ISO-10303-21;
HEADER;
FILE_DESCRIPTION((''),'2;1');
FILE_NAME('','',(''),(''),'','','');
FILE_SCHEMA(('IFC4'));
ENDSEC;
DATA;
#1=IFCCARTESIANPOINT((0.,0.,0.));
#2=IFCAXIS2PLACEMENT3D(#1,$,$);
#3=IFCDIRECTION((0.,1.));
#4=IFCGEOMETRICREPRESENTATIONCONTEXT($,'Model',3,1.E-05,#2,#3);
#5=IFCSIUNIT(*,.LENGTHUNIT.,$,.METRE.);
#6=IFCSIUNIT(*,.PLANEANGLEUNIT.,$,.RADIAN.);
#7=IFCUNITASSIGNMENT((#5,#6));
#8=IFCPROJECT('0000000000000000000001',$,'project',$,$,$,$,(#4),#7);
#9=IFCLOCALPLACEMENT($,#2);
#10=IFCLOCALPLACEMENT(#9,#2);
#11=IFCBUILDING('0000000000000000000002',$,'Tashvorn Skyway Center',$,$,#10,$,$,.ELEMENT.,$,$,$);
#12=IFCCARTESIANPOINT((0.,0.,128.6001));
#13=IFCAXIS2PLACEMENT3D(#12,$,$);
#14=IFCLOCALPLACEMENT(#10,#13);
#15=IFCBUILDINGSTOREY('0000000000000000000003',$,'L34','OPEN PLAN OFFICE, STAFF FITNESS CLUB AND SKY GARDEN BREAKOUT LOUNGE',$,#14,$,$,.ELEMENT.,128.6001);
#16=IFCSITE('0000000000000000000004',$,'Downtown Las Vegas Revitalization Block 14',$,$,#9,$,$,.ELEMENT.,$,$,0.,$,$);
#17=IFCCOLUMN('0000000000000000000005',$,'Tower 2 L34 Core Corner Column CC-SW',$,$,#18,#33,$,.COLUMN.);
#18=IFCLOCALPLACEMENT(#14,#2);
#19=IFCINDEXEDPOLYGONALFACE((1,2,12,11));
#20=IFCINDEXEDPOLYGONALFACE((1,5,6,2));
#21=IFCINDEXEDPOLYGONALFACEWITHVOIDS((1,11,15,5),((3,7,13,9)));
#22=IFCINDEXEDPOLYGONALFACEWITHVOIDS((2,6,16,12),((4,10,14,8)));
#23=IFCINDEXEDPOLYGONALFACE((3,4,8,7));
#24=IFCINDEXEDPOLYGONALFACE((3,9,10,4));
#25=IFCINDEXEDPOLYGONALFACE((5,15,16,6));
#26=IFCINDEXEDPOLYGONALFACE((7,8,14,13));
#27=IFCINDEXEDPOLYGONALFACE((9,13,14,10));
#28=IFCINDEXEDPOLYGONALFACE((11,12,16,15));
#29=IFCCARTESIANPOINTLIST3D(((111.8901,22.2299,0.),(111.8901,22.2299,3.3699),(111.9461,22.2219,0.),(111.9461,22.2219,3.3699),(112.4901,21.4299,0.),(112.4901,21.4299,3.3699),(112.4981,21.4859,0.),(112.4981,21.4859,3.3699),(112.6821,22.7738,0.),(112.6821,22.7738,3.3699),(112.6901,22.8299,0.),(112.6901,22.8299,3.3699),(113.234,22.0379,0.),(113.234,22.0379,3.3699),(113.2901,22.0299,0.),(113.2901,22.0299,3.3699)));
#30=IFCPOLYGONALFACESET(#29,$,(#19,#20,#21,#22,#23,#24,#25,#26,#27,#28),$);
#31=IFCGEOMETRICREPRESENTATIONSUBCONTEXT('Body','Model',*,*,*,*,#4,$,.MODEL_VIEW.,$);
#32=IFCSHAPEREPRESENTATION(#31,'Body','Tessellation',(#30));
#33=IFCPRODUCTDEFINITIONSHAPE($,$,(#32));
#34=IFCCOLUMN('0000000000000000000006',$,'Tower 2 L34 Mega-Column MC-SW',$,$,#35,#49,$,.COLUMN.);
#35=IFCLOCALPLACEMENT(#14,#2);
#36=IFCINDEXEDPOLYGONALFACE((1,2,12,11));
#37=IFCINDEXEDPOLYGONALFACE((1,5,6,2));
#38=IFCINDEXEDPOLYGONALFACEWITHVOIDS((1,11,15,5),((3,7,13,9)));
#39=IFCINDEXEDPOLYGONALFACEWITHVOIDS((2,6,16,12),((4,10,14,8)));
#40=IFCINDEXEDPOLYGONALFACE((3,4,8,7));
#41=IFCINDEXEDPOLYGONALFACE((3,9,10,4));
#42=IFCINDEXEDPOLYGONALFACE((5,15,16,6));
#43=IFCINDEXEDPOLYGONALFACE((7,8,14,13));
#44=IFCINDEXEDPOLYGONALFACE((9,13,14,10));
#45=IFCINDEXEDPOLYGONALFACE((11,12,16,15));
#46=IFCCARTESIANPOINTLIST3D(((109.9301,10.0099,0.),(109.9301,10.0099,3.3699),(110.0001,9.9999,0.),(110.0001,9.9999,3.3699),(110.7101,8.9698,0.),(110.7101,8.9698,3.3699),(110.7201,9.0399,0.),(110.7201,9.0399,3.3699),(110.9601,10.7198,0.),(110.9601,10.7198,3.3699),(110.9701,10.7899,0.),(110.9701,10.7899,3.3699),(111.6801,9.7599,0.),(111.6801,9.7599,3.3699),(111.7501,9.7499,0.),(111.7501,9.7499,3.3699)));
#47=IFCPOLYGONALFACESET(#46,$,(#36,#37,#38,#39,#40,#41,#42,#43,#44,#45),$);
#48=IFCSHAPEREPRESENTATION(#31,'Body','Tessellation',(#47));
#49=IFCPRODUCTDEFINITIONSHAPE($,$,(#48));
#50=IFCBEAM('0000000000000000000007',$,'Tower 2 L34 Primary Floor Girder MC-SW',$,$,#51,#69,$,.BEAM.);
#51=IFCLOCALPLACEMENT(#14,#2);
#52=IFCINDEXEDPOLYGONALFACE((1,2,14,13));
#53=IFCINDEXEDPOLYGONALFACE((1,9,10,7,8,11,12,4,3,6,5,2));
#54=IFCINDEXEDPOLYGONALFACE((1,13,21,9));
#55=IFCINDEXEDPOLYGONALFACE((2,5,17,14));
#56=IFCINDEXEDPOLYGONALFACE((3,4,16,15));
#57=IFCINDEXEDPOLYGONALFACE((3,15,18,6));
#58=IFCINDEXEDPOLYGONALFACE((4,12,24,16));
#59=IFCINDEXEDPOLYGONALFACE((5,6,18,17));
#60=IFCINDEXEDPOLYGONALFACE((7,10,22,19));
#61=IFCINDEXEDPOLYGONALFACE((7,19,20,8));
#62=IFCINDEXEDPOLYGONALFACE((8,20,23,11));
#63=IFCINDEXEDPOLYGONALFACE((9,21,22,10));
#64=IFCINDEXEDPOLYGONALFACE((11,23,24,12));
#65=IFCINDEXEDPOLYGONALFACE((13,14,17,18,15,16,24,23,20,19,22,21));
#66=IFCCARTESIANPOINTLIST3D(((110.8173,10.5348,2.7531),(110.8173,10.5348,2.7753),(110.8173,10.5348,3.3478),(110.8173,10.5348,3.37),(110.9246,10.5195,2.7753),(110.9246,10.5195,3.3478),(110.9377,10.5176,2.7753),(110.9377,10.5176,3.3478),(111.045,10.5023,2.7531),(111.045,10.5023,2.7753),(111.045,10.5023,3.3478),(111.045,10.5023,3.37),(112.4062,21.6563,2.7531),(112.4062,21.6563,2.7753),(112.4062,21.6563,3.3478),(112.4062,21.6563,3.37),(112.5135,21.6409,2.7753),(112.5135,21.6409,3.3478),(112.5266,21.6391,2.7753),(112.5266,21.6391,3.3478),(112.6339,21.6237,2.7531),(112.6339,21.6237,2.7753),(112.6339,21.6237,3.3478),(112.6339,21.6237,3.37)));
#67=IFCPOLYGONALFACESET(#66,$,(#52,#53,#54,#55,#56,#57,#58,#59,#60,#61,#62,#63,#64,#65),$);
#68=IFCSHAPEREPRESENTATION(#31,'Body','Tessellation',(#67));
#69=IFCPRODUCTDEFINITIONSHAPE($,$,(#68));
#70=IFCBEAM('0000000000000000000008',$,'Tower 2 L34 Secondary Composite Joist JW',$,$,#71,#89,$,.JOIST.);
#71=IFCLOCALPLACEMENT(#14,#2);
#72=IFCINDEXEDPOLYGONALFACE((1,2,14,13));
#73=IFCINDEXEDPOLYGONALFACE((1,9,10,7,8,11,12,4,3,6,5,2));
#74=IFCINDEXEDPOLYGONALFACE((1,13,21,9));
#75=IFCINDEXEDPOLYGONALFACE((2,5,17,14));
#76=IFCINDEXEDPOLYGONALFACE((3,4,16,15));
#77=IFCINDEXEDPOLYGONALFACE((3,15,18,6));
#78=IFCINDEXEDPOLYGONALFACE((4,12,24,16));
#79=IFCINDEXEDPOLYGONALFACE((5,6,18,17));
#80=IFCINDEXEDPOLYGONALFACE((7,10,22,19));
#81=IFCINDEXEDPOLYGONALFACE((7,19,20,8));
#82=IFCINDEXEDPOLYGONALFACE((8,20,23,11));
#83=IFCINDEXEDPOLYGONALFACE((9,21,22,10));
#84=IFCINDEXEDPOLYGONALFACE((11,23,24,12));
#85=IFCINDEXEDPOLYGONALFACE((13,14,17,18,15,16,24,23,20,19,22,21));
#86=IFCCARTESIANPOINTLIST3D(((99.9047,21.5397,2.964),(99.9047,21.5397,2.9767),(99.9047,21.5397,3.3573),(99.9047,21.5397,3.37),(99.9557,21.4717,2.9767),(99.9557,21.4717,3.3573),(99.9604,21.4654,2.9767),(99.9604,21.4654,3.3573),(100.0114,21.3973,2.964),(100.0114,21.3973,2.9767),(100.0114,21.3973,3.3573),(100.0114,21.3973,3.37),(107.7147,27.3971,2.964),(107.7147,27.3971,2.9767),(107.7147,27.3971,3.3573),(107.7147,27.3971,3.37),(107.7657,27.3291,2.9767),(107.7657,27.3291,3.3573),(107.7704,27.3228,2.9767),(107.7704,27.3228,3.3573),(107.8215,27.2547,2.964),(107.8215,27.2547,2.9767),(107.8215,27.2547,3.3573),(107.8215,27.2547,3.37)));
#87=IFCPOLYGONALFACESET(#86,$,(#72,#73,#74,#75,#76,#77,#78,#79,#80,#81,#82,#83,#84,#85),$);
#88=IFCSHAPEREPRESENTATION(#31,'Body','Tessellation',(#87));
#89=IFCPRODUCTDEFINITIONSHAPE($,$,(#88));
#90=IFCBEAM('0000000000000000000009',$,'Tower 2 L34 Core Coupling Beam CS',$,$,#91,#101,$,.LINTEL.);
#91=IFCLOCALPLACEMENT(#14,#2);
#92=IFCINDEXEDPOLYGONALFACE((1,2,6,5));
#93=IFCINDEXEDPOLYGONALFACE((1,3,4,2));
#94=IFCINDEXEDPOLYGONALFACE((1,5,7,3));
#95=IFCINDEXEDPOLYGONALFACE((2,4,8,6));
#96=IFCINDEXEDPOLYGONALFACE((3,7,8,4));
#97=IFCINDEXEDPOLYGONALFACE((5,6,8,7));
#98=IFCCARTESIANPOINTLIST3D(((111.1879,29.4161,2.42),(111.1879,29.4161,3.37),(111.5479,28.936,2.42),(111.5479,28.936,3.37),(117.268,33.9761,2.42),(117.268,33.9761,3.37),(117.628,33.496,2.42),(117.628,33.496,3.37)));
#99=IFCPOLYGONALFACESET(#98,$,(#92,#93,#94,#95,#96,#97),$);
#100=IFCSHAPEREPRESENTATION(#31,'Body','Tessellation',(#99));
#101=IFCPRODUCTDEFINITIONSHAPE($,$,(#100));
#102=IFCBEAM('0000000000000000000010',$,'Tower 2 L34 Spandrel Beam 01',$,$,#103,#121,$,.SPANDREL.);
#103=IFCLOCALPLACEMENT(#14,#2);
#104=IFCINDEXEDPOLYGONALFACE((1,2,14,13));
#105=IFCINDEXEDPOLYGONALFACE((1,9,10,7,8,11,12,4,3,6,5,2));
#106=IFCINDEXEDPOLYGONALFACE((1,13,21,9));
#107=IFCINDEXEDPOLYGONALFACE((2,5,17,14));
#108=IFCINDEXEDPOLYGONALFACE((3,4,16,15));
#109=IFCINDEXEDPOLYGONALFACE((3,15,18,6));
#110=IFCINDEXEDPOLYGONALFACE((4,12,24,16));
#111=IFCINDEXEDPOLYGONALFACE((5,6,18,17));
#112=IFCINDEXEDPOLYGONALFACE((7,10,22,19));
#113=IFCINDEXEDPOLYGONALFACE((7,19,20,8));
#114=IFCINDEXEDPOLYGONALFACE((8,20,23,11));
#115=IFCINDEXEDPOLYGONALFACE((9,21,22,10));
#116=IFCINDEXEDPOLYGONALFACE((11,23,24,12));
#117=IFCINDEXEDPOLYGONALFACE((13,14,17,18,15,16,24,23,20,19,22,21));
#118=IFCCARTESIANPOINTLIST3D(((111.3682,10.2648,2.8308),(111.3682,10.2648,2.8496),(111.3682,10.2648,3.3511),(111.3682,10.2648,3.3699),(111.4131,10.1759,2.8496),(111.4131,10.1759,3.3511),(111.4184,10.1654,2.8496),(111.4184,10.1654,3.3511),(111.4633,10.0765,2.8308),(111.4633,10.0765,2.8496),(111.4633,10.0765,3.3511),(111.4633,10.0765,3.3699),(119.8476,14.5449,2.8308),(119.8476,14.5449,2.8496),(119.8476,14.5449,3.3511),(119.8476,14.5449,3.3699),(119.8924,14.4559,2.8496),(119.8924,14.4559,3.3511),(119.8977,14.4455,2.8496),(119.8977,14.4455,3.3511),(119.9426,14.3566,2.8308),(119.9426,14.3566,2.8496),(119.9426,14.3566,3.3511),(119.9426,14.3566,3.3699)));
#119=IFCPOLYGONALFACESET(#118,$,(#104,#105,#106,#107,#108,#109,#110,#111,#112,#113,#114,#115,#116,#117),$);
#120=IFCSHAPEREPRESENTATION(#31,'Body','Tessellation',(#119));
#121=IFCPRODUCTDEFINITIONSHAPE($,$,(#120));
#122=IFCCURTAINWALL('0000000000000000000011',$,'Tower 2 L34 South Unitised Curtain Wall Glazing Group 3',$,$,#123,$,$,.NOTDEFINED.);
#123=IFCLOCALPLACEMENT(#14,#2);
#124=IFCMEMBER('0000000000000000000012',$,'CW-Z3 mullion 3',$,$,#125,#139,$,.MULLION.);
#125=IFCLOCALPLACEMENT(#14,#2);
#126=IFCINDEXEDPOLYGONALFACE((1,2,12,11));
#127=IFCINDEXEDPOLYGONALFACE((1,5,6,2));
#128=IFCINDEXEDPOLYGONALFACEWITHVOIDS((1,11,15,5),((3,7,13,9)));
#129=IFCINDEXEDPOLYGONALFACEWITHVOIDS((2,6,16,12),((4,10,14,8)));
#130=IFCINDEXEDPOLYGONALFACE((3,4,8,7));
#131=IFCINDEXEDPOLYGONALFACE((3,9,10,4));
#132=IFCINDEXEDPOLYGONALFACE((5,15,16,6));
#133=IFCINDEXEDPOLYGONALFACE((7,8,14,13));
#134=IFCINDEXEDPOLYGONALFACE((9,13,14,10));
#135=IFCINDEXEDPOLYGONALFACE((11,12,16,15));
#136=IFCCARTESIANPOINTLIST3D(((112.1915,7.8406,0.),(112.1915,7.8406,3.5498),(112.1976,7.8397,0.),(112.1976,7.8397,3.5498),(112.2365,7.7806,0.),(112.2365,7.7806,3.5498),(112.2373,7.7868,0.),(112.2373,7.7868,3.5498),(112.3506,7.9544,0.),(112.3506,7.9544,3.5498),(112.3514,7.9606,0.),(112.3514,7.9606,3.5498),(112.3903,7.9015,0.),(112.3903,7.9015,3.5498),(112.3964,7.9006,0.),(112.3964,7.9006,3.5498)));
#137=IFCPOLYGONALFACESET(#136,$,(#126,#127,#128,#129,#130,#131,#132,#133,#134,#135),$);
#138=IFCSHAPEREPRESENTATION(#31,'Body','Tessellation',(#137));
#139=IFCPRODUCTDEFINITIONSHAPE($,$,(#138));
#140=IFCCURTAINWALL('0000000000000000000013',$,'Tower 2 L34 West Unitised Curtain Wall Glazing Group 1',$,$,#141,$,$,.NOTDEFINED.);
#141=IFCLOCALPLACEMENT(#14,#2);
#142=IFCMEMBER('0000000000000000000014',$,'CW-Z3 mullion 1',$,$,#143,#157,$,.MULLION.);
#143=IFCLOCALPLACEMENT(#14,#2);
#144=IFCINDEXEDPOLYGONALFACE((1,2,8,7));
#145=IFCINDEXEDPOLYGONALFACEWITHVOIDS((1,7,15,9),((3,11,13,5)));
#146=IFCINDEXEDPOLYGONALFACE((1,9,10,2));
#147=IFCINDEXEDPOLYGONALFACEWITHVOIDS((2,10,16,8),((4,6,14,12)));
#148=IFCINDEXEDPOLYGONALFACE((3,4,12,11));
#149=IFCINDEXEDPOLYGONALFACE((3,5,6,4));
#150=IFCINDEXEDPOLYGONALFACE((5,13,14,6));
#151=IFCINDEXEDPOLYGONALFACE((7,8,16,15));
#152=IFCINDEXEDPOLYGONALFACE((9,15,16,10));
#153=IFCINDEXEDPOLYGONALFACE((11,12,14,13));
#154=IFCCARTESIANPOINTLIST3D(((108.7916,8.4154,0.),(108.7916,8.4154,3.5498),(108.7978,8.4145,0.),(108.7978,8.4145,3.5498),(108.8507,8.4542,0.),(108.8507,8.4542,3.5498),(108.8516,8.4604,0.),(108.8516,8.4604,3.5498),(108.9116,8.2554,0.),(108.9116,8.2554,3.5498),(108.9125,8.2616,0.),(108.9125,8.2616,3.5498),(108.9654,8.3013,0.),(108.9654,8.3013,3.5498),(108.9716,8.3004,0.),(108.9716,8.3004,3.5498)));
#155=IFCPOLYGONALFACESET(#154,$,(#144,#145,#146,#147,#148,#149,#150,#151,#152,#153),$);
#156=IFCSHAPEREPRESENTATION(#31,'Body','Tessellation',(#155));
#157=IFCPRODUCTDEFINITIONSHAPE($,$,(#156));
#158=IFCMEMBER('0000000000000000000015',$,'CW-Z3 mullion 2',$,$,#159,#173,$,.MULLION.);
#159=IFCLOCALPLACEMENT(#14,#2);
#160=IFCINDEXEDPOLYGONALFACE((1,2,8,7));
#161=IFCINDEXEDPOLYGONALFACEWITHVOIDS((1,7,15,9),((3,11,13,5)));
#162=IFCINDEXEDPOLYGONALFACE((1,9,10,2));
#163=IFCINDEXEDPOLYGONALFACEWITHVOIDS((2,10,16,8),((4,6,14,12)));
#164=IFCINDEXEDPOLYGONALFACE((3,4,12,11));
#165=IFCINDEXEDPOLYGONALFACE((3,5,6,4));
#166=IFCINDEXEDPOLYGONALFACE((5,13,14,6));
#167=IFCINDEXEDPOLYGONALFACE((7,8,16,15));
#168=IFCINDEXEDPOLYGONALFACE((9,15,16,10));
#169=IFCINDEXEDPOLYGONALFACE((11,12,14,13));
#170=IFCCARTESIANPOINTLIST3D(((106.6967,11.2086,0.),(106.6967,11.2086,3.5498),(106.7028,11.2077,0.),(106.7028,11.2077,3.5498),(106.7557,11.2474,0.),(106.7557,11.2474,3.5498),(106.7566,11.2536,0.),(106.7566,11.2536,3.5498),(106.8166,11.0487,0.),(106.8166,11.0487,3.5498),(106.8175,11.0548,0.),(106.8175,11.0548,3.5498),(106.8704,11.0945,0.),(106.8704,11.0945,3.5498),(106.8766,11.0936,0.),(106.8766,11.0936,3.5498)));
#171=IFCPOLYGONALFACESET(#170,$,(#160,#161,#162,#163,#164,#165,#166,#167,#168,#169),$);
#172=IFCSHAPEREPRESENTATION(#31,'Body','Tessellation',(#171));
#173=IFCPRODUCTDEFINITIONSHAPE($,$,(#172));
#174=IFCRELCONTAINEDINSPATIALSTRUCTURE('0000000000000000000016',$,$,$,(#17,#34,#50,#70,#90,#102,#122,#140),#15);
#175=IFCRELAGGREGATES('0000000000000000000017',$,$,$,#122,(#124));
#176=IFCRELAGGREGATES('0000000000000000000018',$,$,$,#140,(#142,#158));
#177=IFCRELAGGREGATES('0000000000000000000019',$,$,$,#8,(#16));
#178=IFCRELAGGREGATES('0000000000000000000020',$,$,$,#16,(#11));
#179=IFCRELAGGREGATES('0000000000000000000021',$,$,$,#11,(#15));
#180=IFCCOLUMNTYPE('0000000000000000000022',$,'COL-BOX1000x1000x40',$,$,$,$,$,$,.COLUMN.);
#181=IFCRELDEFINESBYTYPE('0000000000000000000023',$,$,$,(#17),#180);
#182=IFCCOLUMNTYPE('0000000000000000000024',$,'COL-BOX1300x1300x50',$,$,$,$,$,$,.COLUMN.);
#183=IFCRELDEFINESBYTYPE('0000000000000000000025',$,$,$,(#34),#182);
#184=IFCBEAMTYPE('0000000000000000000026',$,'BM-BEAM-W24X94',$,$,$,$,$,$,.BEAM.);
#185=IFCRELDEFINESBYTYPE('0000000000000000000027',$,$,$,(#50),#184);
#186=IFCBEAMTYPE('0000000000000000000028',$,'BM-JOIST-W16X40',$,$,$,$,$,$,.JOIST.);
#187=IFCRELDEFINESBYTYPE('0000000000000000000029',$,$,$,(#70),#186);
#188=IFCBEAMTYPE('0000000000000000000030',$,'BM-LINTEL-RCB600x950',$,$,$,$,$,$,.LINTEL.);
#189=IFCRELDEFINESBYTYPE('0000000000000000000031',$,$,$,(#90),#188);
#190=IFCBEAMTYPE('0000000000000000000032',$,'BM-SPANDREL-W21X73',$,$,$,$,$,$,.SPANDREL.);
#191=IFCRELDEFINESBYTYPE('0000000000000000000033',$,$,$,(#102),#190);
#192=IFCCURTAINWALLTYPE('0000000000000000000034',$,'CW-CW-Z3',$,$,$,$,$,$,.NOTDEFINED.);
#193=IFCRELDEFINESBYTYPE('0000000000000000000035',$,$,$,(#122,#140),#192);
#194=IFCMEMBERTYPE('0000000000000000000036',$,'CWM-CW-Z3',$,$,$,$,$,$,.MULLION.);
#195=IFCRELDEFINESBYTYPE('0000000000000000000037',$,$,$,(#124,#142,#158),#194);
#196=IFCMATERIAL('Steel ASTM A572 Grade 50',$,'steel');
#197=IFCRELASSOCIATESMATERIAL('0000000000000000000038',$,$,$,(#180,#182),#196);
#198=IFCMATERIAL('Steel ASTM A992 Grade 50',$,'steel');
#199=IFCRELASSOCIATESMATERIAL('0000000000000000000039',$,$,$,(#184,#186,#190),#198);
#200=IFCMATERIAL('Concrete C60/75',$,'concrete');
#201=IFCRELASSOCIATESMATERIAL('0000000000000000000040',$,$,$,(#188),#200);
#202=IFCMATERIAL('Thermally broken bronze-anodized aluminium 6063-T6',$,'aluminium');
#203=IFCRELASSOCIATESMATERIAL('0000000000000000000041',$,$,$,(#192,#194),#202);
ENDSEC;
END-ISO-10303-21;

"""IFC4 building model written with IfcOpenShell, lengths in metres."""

from ifc_helpers import new_model, si_unit, direction, frame, origin, origin_2d, place, context, subcontext, project, spatial, rectangle, hollow_rectangle, i_section, extrude, material, material_profile, profile_set, type_object, element, aggregate, save


model = new_model("IFC4")

# Units and contexts
model_context = context("Model", 3, precision=1e-05, world=origin(), true_north=direction((0.0, 1.0)))
body_context = subcontext(model_context, "Body", "Model", "MODEL_VIEW")
ifc_project = project(units=[si_unit("LENGTHUNIT", "METRE"), si_unit("PLANEANGLEUNIT", "RADIAN")], contexts=[model_context])

# Site, building, storey
site_placement = place(None, origin())
site = spatial("IfcSite", under=ifc_project, at=site_placement, Name="Downtown Las Vegas Revitalization Block 14", CompositionType="ELEMENT", RefElevation=0.0)
building_placement = place(site_placement, origin())
building = spatial("IfcBuilding", under=site, at=building_placement, Name="Tashvorn Skyway Center", CompositionType="ELEMENT")
storey_placement = place(building_placement, frame((0.0, 0.0, 128.6001)))
storey = spatial("IfcBuildingStorey", under=building, at=storey_placement, Name="L34", Description="OPEN PLAN OFFICE, STAFF FITNESS CLUB AND SKY GARDEN BREAKOUT LOUNGE", CompositionType="ELEMENT", Elevation=128.6001)

# Columns
ifc_material_1 = material(Name="Steel ASTM A572 Grade 50", Category="steel")
ifc_material_profile_1 = material_profile(ifc_material_1, hollow_rectangle(XDim=1.0, YDim=1.0, WallThickness=0.04, at=origin_2d()), Name="BOX1000x1000x40")
ifc_profile_set_1 = profile_set([ifc_material_profile_1], Name="Steel ASTM A572 Grade 50")
column_type_1 = type_object("IfcColumnType", Name="COL-BOX1000x1000x40", PredefinedType="COLUMN", material=ifc_profile_set_1)
column_1_placement = place(storey_placement, frame((112.5901, 22.1299, 0.0), z_axis=(0.0, 0.0, 1.0), x_axis=(0.8, 0.6, 0.0)))
element("IfcColumn", 1, at=column_1_placement, inside=storey, type_object=column_type_1, Name="Tower 2 L34 Core Corner Column CC-SW", PredefinedType="COLUMN", context=body_context, shape_type="SweptSolid", body=[
    extrude(hollow_rectangle(XDim=1.0, YDim=1.0, WallThickness=0.04, at=origin_2d()), origin(), (0.0, 0.0, 1.0), 3.3699),
])
ifc_material_profile_2 = material_profile(ifc_material_1, hollow_rectangle(XDim=1.3, YDim=1.3, WallThickness=0.05, at=origin_2d()), Name="BOX1300x1300x50")
ifc_profile_set_2 = profile_set([ifc_material_profile_2], Name="Steel ASTM A572 Grade 50")
column_type_2 = type_object("IfcColumnType", Name="COL-BOX1300x1300x50", PredefinedType="COLUMN", material=ifc_profile_set_2)
column_2_placement = place(storey_placement, frame((110.8401, 9.8799, 0.0), z_axis=(0.0, 0.0, 1.0), x_axis=(0.8, 0.6, 0.0)))
element("IfcColumn", 2, at=column_2_placement, inside=storey, type_object=column_type_2, Name="Tower 2 L34 Mega-Column MC-SW", PredefinedType="COLUMN", context=body_context, shape_type="SweptSolid", body=[
    extrude(hollow_rectangle(XDim=1.3, YDim=1.3, WallThickness=0.05, at=origin_2d()), origin(), (0.0, 0.0, 1.0), 3.3699),
])

# Beams
ifc_material_2 = material(Name="Steel ASTM A992 Grade 50", Category="steel")
ifc_material_profile_3 = material_profile(ifc_material_2, i_section(OverallWidth=0.23, OverallDepth=0.6169, WebThickness=0.0132, FlangeThickness=0.0222, at=origin_2d()), Name="W24X94")
ifc_profile_set_3 = profile_set([ifc_material_profile_3], Name="Steel ASTM A992 Grade 50")
beam_type_1 = type_object("IfcBeamType", Name="BM-BEAM-W24X94", PredefinedType="BEAM", material=ifc_profile_set_3)
beam_1_placement = place(storey_placement, frame((110.9312, 10.5186, 3.0615), z_axis=(0.14143, 0.989948, 0.0), x_axis=(-0.989948, 0.14143, 0.0)))
element("IfcBeam", 3, at=beam_1_placement, inside=storey, type_object=beam_type_1, Name="Tower 2 L34 Primary Floor Girder MC-SW", PredefinedType="BEAM", context=body_context, shape_type="SweptSolid", body=[
    extrude(i_section(OverallWidth=0.23, OverallDepth=0.6169, WebThickness=0.0132, FlangeThickness=0.0222, at=origin_2d()), origin(), (0.0, 0.0, 1.0), 11.2344),
])
ifc_material_profile_4 = material_profile(ifc_material_2, i_section(OverallWidth=0.178, OverallDepth=0.406, WebThickness=0.0078, FlangeThickness=0.0127, at=origin_2d()), Name="W16X40")
ifc_profile_set_4 = profile_set([ifc_material_profile_4], Name="Steel ASTM A992 Grade 50")
beam_type_2 = type_object("IfcBeamType", Name="BM-JOIST-W16X40", PredefinedType="JOIST", material=ifc_profile_set_4)
beam_2_placement = place(storey_placement, frame((107.7681, 27.3259, 3.167), z_axis=(-0.800006, -0.599992, 0.0), x_axis=(0.599992, -0.800006, 0.0)))
element("IfcBeam", 4, at=beam_2_placement, inside=storey, type_object=beam_type_2, Name="Tower 2 L34 Secondary Composite Joist JW", PredefinedType="JOIST", context=body_context, shape_type="SweptSolid", body=[
    extrude(i_section(OverallWidth=0.178, OverallDepth=0.406, WebThickness=0.0078, FlangeThickness=0.0127, at=origin_2d()), origin(), (0.0, 0.0, 1.0), 9.7625),
])
ifc_material_3 = material(Name="Concrete C60/75", Category="concrete")
ifc_material_profile_5 = material_profile(ifc_material_3, rectangle(XDim=0.6001, YDim=0.95, at=origin_2d()), Name="RCB600x950")
ifc_profile_set_5 = profile_set([ifc_material_profile_5], Name="Concrete C60/75")
beam_type_3 = type_object("IfcBeamType", Name="BM-LINTEL-RCB600x950", PredefinedType="LINTEL", material=ifc_profile_set_5)
beam_3_placement = place(storey_placement, frame((111.3679, 29.176, 2.895), z_axis=(0.8, 0.6, 0.0), x_axis=(-0.6, 0.8, 0.0)))
element("IfcBeam", 5, at=beam_3_placement, inside=storey, type_object=beam_type_3, Name="Tower 2 L34 Core Coupling Beam CS", PredefinedType="LINTEL", context=body_context, shape_type="SweptSolid", body=[
    extrude(rectangle(XDim=0.6001, YDim=0.95, at=origin_2d()), origin(), (0.0, 0.0, 1.0), 7.6001),
])
ifc_material_profile_6 = material_profile(ifc_material_2, i_section(OverallWidth=0.2109, OverallDepth=0.5391, WebThickness=0.0117, FlangeThickness=0.0188, at=origin_2d()), Name="W21X73")
ifc_profile_set_6 = profile_set([ifc_material_profile_6], Name="Steel ASTM A992 Grade 50")
beam_type_4 = type_object("IfcBeamType", Name="BM-SPANDREL-W21X73", PredefinedType="SPANDREL", material=ifc_profile_set_6)
beam_4_placement = place(storey_placement, frame((111.4158, 10.1707, 3.1003), z_axis=(0.892719, 0.450614, 0.0), x_axis=(-0.450614, 0.892719, 0.0)))
element("IfcBeam", 6, at=beam_4_placement, inside=storey, type_object=beam_type_4, Name="Tower 2 L34 Spandrel Beam 01", PredefinedType="SPANDREL", context=body_context, shape_type="SweptSolid", body=[
    extrude(i_section(OverallWidth=0.2109, OverallDepth=0.5391, WebThickness=0.0117, FlangeThickness=0.0188, at=origin_2d()), origin(), (0.0, 0.0, 1.0), 9.4983),
])

# Curtain wall, member
ifc_material_4 = material(Name="Thermally broken bronze-anodized aluminium 6063-T6", Category="aluminium")
curtain_wall_type = type_object("IfcCurtainWallType", Name="CW-CW-Z3", PredefinedType="NOTDEFINED", material=ifc_material_4)
curtain_wall_1_placement = place(storey_placement, origin())
curtain_wall_1 = element("IfcCurtainWall", 7, at=curtain_wall_1_placement, inside=storey, type_object=curtain_wall_type, Name="Tower 2 L34 South Unitised Curtain Wall Glazing Group 3", PredefinedType="NOTDEFINED")
ifc_material_profile_7 = material_profile(ifc_material_4, hollow_rectangle(XDim=0.075, YDim=0.2, WallThickness=0.0044, at=origin_2d()), Name="ALU-MULL-75x200")
ifc_profile_set_7 = profile_set([ifc_material_profile_7], Name="Thermally broken bronze-anodized aluminium 6063-T6")
member_type_1 = type_object("IfcMemberType", Name="CWM-CW-Z3", PredefinedType="MULLION", material=ifc_profile_set_7)
member_1_placement = place(storey_placement, frame((112.2939, 7.8706, 0.0), z_axis=(0.0, 0.0, 1.0), x_axis=(0.600005, -0.799997, 0.0)))
member_1 = element("IfcMember", 8, at=member_1_placement, type_object=member_type_1, Name="CW-Z3 mullion 3", PredefinedType="MULLION", context=body_context, shape_type="SweptSolid", body=[
    extrude(hollow_rectangle(XDim=0.075, YDim=0.2, WallThickness=0.0044, at=origin_2d()), origin(), (0.0, 0.0, 1.0), 3.5498),
])

# Curtain wall, members
curtain_wall_2_placement = place(storey_placement, origin())
curtain_wall_2 = element("IfcCurtainWall", 9, at=curtain_wall_2_placement, inside=storey, type_object=curtain_wall_type, Name="Tower 2 L34 West Unitised Curtain Wall Glazing Group 1", PredefinedType="NOTDEFINED")
member_2_placement = place(storey_placement, frame((108.8816, 8.3579, 0.0), z_axis=(0.0, 0.0, 1.0), x_axis=(-0.799997, -0.600005, 0.0)))
member_2 = element("IfcMember", 10, at=member_2_placement, type_object=member_type_1, Name="CW-Z3 mullion 1", PredefinedType="MULLION", context=body_context, shape_type="SweptSolid", body=[
    extrude(hollow_rectangle(XDim=0.075, YDim=0.2, WallThickness=0.0044, at=origin_2d()), origin(), (0.0, 0.0, 1.0), 3.5498),
])
member_3_placement = place(storey_placement, frame((106.7866, 11.1511, 0.0), z_axis=(0.0, 0.0, 1.0), x_axis=(-0.799997, -0.600005, 0.0)))
member_3 = element("IfcMember", 11, at=member_3_placement, type_object=member_type_1, Name="CW-Z3 mullion 2", PredefinedType="MULLION", context=body_context, shape_type="SweptSolid", body=[
    extrude(hollow_rectangle(XDim=0.075, YDim=0.2, WallThickness=0.0044, at=origin_2d()), origin(), (0.0, 0.0, 1.0), 3.5498),
])

aggregate(curtain_wall_1, [member_1])
aggregate(curtain_wall_2, [member_2, member_3])

save(model, "model.ifc")
